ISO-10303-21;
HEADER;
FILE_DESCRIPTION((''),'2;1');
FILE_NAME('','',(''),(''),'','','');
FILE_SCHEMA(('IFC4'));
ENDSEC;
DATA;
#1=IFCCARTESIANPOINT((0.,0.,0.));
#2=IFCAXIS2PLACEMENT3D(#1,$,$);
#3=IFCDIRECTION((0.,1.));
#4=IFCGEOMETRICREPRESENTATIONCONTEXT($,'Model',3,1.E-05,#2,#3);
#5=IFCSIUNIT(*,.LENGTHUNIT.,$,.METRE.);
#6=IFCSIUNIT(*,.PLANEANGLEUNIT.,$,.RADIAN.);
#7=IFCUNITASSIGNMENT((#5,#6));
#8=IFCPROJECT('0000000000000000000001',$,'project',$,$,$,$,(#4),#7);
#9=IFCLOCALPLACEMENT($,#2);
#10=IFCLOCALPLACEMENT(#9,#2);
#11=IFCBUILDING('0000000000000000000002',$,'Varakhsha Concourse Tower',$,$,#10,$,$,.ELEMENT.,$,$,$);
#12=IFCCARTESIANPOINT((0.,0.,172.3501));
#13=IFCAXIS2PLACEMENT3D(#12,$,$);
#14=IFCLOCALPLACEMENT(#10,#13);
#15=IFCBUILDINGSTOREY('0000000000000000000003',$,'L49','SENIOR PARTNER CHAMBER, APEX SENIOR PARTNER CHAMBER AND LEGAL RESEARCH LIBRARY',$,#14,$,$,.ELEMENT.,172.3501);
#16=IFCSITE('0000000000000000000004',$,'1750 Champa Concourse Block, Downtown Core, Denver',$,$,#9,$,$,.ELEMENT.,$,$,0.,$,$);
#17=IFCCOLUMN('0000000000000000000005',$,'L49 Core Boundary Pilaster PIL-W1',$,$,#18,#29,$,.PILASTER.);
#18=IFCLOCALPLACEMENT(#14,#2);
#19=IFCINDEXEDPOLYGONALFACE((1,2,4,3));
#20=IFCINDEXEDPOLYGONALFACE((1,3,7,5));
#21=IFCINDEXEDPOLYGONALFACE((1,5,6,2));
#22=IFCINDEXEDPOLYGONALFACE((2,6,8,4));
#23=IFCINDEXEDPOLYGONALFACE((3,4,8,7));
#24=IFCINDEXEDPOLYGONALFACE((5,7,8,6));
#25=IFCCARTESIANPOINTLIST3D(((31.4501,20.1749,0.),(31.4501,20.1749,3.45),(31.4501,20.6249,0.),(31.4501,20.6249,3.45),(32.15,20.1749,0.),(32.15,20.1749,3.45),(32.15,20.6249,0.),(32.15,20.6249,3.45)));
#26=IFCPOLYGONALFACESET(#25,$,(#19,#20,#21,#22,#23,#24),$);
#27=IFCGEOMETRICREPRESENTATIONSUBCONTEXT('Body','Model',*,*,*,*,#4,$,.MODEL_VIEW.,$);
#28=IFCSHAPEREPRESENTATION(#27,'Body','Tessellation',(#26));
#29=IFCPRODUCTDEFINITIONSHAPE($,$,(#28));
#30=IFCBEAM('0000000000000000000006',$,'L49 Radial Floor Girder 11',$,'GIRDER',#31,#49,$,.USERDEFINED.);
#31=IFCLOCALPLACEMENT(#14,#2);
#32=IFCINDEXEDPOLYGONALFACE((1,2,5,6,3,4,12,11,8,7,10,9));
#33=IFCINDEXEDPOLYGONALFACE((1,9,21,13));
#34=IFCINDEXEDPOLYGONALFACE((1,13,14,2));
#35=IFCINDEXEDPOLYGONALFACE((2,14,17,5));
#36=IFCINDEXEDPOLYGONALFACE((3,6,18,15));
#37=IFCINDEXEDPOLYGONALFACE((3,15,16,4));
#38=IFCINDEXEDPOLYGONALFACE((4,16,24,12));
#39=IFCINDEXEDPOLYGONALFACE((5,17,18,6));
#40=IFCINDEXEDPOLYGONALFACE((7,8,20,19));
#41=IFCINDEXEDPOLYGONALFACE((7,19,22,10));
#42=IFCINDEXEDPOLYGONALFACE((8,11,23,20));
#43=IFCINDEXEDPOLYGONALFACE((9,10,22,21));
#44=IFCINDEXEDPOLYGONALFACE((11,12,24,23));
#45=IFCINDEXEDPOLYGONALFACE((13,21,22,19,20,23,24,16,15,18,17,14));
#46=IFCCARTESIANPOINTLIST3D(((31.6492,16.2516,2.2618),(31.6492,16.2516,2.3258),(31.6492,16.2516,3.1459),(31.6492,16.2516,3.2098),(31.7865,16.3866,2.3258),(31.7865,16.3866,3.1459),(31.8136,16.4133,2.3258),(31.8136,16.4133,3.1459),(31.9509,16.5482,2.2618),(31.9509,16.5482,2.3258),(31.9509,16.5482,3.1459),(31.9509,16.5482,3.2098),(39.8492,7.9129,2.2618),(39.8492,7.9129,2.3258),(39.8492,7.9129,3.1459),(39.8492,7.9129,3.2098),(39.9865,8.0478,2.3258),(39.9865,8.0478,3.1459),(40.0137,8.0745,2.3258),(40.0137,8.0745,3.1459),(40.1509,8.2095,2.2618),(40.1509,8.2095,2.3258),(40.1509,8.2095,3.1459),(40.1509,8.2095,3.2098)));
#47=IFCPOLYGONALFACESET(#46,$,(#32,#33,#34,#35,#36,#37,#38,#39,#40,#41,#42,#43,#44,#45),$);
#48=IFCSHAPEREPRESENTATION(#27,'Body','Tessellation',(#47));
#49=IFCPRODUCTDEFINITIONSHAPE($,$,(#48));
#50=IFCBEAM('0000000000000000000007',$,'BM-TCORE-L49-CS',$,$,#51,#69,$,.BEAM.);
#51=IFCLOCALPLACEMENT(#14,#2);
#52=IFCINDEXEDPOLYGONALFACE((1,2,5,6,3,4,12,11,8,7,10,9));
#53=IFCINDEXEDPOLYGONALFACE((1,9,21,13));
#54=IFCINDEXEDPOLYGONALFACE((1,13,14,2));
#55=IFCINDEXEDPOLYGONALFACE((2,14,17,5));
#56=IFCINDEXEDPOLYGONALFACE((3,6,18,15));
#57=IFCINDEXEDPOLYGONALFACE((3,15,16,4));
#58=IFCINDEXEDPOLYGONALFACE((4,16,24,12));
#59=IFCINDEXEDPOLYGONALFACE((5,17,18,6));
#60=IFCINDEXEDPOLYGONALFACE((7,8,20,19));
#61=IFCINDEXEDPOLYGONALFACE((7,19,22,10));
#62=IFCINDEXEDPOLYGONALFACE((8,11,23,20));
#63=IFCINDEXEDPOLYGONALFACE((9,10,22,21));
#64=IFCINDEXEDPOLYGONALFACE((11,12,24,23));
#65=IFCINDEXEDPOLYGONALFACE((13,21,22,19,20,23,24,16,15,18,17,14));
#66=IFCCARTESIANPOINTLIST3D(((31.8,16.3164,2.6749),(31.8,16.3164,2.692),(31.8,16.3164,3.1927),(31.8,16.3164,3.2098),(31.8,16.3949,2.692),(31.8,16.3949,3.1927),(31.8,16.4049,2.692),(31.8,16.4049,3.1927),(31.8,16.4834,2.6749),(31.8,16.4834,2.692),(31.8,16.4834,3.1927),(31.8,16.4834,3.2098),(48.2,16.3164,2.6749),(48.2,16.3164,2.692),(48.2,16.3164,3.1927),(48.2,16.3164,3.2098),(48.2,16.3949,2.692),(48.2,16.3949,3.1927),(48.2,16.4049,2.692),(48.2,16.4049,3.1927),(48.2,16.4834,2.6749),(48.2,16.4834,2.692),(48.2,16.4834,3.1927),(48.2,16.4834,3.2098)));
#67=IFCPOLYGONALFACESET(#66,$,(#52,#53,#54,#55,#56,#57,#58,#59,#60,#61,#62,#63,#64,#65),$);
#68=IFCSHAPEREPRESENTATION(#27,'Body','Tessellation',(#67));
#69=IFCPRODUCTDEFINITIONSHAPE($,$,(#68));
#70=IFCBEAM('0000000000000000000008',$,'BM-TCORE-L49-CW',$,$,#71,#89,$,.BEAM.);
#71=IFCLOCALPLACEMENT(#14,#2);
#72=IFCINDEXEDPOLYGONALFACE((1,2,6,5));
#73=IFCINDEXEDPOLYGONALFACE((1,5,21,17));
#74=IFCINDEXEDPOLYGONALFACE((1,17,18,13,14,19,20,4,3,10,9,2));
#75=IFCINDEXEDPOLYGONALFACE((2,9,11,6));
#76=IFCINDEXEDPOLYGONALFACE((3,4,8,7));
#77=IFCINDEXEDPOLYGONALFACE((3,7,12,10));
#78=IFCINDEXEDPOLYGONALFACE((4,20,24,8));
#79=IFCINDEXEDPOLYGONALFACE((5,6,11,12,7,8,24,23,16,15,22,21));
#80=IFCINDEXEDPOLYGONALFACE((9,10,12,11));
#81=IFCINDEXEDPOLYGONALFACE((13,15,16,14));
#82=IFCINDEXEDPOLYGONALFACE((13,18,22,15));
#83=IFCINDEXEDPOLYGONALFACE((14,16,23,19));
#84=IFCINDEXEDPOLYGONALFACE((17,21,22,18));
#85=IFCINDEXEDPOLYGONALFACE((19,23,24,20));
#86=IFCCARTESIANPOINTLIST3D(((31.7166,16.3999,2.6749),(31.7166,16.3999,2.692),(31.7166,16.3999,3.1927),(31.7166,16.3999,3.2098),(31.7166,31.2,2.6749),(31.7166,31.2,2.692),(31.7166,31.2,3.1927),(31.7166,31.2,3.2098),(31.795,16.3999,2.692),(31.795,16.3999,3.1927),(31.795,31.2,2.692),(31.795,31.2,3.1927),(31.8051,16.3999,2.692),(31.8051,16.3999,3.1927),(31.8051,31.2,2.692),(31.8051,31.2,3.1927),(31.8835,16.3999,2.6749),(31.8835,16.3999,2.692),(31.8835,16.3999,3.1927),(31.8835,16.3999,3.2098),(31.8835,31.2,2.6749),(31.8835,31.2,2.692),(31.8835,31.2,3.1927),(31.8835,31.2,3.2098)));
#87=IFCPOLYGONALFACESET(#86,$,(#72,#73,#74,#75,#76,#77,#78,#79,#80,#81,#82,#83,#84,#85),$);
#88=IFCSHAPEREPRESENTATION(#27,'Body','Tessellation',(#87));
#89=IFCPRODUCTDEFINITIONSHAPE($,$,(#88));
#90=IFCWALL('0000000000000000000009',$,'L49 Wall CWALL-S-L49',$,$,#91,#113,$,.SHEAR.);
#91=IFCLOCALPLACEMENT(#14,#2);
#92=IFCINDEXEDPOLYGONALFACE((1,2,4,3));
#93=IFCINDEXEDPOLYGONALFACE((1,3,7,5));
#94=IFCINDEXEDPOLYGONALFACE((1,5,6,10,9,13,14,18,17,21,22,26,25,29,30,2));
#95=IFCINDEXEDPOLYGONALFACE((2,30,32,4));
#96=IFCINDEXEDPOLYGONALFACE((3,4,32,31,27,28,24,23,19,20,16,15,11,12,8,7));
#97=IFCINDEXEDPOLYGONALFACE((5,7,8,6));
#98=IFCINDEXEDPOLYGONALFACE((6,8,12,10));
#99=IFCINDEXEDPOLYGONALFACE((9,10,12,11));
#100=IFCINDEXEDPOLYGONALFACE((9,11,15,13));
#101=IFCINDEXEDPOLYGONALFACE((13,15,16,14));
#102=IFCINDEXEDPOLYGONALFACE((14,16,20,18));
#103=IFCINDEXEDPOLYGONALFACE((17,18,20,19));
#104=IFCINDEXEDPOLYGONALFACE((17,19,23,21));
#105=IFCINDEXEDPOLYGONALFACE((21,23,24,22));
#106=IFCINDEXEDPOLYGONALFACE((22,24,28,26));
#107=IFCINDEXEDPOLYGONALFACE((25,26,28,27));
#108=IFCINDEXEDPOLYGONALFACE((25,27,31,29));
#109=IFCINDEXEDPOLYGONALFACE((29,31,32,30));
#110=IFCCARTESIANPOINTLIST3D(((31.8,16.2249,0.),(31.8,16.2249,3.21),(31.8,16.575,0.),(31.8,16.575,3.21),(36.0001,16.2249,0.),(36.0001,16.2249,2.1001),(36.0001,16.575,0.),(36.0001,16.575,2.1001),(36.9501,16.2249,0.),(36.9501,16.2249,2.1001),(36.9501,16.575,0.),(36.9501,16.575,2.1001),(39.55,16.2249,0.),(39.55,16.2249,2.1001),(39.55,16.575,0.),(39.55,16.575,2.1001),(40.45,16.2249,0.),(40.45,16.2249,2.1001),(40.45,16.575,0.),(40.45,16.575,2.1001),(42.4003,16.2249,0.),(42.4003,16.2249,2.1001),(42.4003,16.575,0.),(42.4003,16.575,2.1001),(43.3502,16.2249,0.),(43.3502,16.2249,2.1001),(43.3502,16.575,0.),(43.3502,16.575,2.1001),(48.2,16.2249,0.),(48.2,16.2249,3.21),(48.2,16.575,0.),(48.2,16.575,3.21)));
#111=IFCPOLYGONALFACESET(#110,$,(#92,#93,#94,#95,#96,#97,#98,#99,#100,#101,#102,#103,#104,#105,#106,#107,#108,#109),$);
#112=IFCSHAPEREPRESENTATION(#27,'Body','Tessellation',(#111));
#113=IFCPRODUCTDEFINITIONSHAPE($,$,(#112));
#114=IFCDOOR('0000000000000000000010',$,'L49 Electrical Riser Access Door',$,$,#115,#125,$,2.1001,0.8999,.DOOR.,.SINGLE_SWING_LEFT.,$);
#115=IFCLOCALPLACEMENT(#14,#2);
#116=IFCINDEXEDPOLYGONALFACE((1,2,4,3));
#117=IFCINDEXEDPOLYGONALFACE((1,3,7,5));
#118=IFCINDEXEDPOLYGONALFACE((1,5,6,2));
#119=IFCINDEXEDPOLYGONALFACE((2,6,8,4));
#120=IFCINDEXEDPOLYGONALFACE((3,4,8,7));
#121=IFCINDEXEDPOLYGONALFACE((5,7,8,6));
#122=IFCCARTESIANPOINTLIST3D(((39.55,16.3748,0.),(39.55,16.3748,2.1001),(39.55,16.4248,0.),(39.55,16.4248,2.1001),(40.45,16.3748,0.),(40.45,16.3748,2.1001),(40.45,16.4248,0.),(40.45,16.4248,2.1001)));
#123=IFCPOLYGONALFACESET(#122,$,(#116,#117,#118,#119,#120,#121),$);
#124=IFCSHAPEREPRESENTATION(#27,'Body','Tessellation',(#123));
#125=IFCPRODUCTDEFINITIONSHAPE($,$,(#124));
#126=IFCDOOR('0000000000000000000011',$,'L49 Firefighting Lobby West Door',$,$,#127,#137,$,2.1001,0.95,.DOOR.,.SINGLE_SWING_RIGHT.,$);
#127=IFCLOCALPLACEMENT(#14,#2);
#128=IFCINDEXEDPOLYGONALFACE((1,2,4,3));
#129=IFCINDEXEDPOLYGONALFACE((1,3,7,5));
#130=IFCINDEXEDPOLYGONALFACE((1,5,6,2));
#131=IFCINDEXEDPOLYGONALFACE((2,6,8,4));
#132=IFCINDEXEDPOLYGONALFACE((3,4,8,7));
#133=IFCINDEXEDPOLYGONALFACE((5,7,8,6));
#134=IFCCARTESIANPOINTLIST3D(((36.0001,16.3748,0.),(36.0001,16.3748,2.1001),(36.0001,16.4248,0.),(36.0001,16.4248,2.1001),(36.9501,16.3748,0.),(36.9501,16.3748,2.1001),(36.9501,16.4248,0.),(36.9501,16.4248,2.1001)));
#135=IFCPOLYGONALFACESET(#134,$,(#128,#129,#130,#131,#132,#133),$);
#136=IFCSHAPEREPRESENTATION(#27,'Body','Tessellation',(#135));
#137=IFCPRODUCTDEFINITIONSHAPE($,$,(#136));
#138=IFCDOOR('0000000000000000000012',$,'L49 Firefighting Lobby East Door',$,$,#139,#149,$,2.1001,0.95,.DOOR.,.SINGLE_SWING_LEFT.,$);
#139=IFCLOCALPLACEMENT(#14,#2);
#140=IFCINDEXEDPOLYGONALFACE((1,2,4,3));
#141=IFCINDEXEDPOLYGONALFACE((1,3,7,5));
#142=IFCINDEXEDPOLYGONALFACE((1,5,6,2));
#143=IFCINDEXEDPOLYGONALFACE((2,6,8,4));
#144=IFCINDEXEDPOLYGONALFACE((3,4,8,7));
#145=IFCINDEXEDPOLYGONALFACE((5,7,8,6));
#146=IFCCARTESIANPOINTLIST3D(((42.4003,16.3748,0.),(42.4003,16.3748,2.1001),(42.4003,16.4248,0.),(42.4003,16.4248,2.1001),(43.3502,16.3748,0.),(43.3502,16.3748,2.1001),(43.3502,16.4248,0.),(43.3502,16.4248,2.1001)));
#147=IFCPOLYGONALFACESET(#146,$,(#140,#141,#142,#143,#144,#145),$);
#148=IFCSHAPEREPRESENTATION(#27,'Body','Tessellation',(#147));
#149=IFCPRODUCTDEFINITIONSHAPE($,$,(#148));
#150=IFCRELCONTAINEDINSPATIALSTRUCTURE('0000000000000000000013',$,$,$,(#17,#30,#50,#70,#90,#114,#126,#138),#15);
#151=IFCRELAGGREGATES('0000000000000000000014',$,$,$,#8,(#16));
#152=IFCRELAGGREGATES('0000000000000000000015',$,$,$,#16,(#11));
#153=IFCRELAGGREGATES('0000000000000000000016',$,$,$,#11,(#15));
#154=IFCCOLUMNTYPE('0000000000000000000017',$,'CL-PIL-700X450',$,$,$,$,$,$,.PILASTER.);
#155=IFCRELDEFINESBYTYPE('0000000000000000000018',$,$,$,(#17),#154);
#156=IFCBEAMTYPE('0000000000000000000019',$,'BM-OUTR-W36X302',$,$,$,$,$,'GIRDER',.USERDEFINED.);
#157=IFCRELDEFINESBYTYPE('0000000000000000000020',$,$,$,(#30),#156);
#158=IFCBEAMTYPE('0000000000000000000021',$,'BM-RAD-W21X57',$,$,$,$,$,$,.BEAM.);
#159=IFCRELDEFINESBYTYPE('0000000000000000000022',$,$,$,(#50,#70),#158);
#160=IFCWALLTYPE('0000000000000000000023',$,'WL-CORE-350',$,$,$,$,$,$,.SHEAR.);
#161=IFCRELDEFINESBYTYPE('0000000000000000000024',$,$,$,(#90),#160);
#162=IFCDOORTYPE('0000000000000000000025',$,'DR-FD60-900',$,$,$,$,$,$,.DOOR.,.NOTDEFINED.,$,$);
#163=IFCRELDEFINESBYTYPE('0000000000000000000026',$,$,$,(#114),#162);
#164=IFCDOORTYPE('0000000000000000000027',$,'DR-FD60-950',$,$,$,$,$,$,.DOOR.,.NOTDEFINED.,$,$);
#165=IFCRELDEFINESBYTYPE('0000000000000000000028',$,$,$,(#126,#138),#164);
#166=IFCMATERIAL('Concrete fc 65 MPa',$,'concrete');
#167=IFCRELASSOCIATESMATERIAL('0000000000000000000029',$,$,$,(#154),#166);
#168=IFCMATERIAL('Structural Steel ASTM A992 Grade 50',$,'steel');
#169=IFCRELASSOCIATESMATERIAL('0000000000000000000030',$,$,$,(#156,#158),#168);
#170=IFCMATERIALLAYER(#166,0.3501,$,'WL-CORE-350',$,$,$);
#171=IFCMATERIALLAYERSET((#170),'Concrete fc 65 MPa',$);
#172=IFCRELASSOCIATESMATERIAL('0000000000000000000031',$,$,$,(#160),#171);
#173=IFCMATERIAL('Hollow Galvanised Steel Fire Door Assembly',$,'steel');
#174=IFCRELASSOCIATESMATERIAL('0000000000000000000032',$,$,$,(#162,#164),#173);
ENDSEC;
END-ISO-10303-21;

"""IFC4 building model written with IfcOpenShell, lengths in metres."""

from ifc_helpers import new_model, si_unit, direction, frame, frame_2d, origin, origin_2d, place, context, subcontext, project, spatial, rectangle, i_section, extrude, material, layer, layer_set, material_profile, profile_set, type_object, element, fill, save


model = new_model("IFC4")

# Units and contexts
model_context = context("Model", 3, precision=1e-05, world=origin(), true_north=direction((0.0, 1.0)))
body_context = subcontext(model_context, "Body", "Model", "MODEL_VIEW")
ifc_project = project(units=[si_unit("LENGTHUNIT", "METRE"), si_unit("PLANEANGLEUNIT", "RADIAN")], contexts=[model_context])

# Site, building, storey
site_placement = place(None, origin())
site = spatial("IfcSite", under=ifc_project, at=site_placement, Name="1750 Champa Concourse Block, Downtown Core, Denver", CompositionType="ELEMENT", RefElevation=0.0)
building_placement = place(site_placement, origin())
building = spatial("IfcBuilding", under=site, at=building_placement, Name="Varakhsha Concourse Tower", CompositionType="ELEMENT")
storey_placement = place(building_placement, frame((0.0, 0.0, 172.3501)))
storey = spatial("IfcBuildingStorey", under=building, at=storey_placement, Name="L49", Description="SENIOR PARTNER CHAMBER, APEX SENIOR PARTNER CHAMBER AND LEGAL RESEARCH LIBRARY", CompositionType="ELEMENT", Elevation=172.3501)

# Column
ifc_material_1 = material(Name="Concrete fc 65 MPa", Category="concrete")
ifc_material_profile_1 = material_profile(ifc_material_1, rectangle(XDim=0.7, YDim=0.45, at=origin_2d()), Name="RC 700x450")
ifc_profile_set_1 = profile_set([ifc_material_profile_1], Name="Concrete fc 65 MPa")
column_type = type_object("IfcColumnType", Name="CL-PIL-700X450", PredefinedType="PILASTER", material=ifc_profile_set_1)
column_placement = place(storey_placement, frame((31.8, 20.3999, 0.0), z_axis=(0.0, 0.0, 1.0), x_axis=(1.0, 0.0, 0.0)))
element("IfcColumn", 1, at=column_placement, inside=storey, type_object=column_type, Name="L49 Core Boundary Pilaster PIL-W1", PredefinedType="PILASTER", context=body_context, shape_type="SweptSolid", body=[
    extrude(rectangle(XDim=0.7, YDim=0.45, at=origin_2d()), origin(), (0.0, 0.0, 1.0), 3.45),
])

# Beams
ifc_material_2 = material(Name="Structural Steel ASTM A992 Grade 50", Category="steel")
ifc_material_profile_2 = material_profile(ifc_material_2, i_section(OverallWidth=0.4231, OverallDepth=0.948, WebThickness=0.0381, FlangeThickness=0.064, at=origin_2d()), Name="W36X302")
ifc_profile_set_2 = profile_set([ifc_material_profile_2], Name="Structural Steel ASTM A992 Grade 50")
beam_type_1 = type_object("IfcBeamType", Name="BM-OUTR-W36X302", ElementType="GIRDER", PredefinedType="USERDEFINED", material=ifc_profile_set_2)
beam_1_placement = place(storey_placement, frame((31.8, 16.3999, 2.7358), z_axis=(0.701153, -0.713011, 0.0), x_axis=(0.713011, 0.701153, 0.0)))
element("IfcBeam", 2, at=beam_1_placement, inside=storey, type_object=beam_type_1, Name="L49 Radial Floor Girder 11", ObjectType="GIRDER", PredefinedType="USERDEFINED", context=body_context, shape_type="SweptSolid", body=[
    extrude(i_section(OverallWidth=0.4231, OverallDepth=0.948, WebThickness=0.0381, FlangeThickness=0.064, at=origin_2d()), origin(), (0.0, 0.0, 1.0), 11.6951),
])
ifc_material_profile_3 = material_profile(ifc_material_2, i_section(OverallWidth=0.167, OverallDepth=0.5349, WebThickness=0.01, FlangeThickness=0.0171, at=origin_2d()), Name="W21X57")
ifc_profile_set_3 = profile_set([ifc_material_profile_3], Name="Structural Steel ASTM A992 Grade 50")
beam_type_2 = type_object("IfcBeamType", Name="BM-RAD-W21X57", PredefinedType="BEAM", material=ifc_profile_set_3)
beam_2_placement = place(storey_placement, frame((31.8, 16.3999, 2.9424), z_axis=(1.0, 0.0, 0.0), x_axis=(0.0, 1.0, 0.0)))
element("IfcBeam", 3, at=beam_2_placement, inside=storey, type_object=beam_type_2, Name="BM-TCORE-L49-CS", PredefinedType="BEAM", context=body_context, shape_type="SweptSolid", body=[
    extrude(i_section(OverallWidth=0.167, OverallDepth=0.5349, WebThickness=0.01, FlangeThickness=0.0171, at=origin_2d()), origin(), (0.0, 0.0, 1.0), 16.3999),
])
beam_3_placement = place(storey_placement, frame((31.8, 16.3999, 2.9424), z_axis=(0.0, 1.0, 0.0), x_axis=(-1.0, 0.0, 0.0)))
element("IfcBeam", 4, at=beam_3_placement, inside=storey, type_object=beam_type_2, Name="BM-TCORE-L49-CW", PredefinedType="BEAM", context=body_context, shape_type="SweptSolid", body=[
    extrude(i_section(OverallWidth=0.167, OverallDepth=0.5349, WebThickness=0.01, FlangeThickness=0.0171, at=origin_2d()), origin(), (0.0, 0.0, 1.0), 14.8),
])

# Wall, openings, doors
ifc_layer_1 = layer(ifc_material_1, 0.3501, Name="WL-CORE-350")
ifc_layer_set_1 = layer_set([ifc_layer_1], Name="Concrete fc 65 MPa")
wall_type_1 = type_object("IfcWallType", Name="WL-CORE-350", PredefinedType="SHEAR", material=ifc_layer_set_1)
wall_1_placement = place(storey_placement, frame((31.8, 16.3999, 0.0), z_axis=(0.0, 0.0, 1.0), x_axis=(1.0, 0.0, 0.0)))
wall_1 = element("IfcWall", 5, at=wall_1_placement, inside=storey, type_object=wall_type_1, Name="L49 Wall CWALL-S-L49", PredefinedType="SHEAR", context=body_context, shape_type="SweptSolid", body=[
    extrude(rectangle(XDim=16.3999, YDim=0.3501, at=frame_2d((8.2, 0.0))), origin(), (0.0, 0.0, 1.0), 3.21),
])
opening_1_placement = place(wall_1_placement, frame((7.75, 0.0, 0.0)))
opening_1 = element("IfcOpeningElement", 6, at=opening_1_placement, cuts=wall_1, PredefinedType="OPENING", context=body_context, shape_type="SweptSolid", body=[
    extrude(rectangle(XDim=0.8999, YDim=2.1001, at=frame_2d((0.45, 1.05))), frame((0.0, 0.1851, 0.0), z_axis=(0.0, -1.0, 0.0), x_axis=(1.0, 0.0, 0.0)), (0.0, 0.0, 1.0), 0.3701),
])
opening_2_placement = place(wall_1_placement, frame((4.2, 0.0, 0.0)))
opening_2 = element("IfcOpeningElement", 7, at=opening_2_placement, cuts=wall_1, PredefinedType="OPENING", context=body_context, shape_type="SweptSolid", body=[
    extrude(rectangle(XDim=0.95, YDim=2.1001, at=frame_2d((0.4751, 1.05))), frame((0.0, 0.1851, 0.0), z_axis=(0.0, -1.0, 0.0), x_axis=(1.0, 0.0, 0.0)), (0.0, 0.0, 1.0), 0.3701),
])
opening_3_placement = place(wall_1_placement, frame((10.6001, 0.0, 0.0)))
opening_3 = element("IfcOpeningElement", 8, at=opening_3_placement, cuts=wall_1, PredefinedType="OPENING", context=body_context, shape_type="SweptSolid", body=[
    extrude(rectangle(XDim=0.95, YDim=2.1001, at=frame_2d((0.4751, 1.05))), frame((0.0, 0.1851, 0.0), z_axis=(0.0, -1.0, 0.0), x_axis=(1.0, 0.0, 0.0)), (0.0, 0.0, 1.0), 0.3701),
])
ifc_material_3 = material(Name="Hollow Galvanised Steel Fire Door Assembly", Category="steel")
door_type_1 = type_object("IfcDoorType", Name="DR-FD60-900", OperationType="NOTDEFINED", PredefinedType="DOOR", material=ifc_material_3)
door_1_placement = place(opening_1_placement, origin())
door_1 = element("IfcDoor", 9, at=door_1_placement, inside=storey, type_object=door_type_1, Name="L49 Electrical Riser Access Door", OperationType="SINGLE_SWING_LEFT", OverallHeight=2.1001, OverallWidth=0.8999, PredefinedType="DOOR", context=body_context, shape_type="SweptSolid", body=[
    extrude(rectangle(XDim=0.8999, YDim=2.1001, at=frame_2d((0.45, 1.05))), frame((0.0, 0.0249, 0.0), z_axis=(0.0, -1.0, 0.0), x_axis=(1.0, 0.0, 0.0)), (0.0, 0.0, 1.0), 0.05),
])
fill(opening_1, door_1)
door_type_2 = type_object("IfcDoorType", Name="DR-FD60-950", OperationType="NOTDEFINED", PredefinedType="DOOR", material=ifc_material_3)
door_2_placement = place(opening_2_placement, origin())
door_2 = element("IfcDoor", 10, at=door_2_placement, inside=storey, type_object=door_type_2, Name="L49 Firefighting Lobby West Door", OperationType="SINGLE_SWING_RIGHT", OverallHeight=2.1001, OverallWidth=0.95, PredefinedType="DOOR", context=body_context, shape_type="SweptSolid", body=[
    extrude(rectangle(XDim=0.95, YDim=2.1001, at=frame_2d((0.4751, 1.05))), frame((0.0, 0.0249, 0.0), z_axis=(0.0, -1.0, 0.0), x_axis=(1.0, 0.0, 0.0)), (0.0, 0.0, 1.0), 0.05),
])
fill(opening_2, door_2)
door_3_placement = place(opening_3_placement, origin())
door_3 = element("IfcDoor", 11, at=door_3_placement, inside=storey, type_object=door_type_2, Name="L49 Firefighting Lobby East Door", OperationType="SINGLE_SWING_LEFT", OverallHeight=2.1001, OverallWidth=0.95, PredefinedType="DOOR", context=body_context, shape_type="SweptSolid", body=[
    extrude(rectangle(XDim=0.95, YDim=2.1001, at=frame_2d((0.4751, 1.05))), frame((0.0, 0.0249, 0.0), z_axis=(0.0, -1.0, 0.0), x_axis=(1.0, 0.0, 0.0)), (0.0, 0.0, 1.0), 0.05),
])
fill(opening_3, door_3)

save(model, "model.ifc")
